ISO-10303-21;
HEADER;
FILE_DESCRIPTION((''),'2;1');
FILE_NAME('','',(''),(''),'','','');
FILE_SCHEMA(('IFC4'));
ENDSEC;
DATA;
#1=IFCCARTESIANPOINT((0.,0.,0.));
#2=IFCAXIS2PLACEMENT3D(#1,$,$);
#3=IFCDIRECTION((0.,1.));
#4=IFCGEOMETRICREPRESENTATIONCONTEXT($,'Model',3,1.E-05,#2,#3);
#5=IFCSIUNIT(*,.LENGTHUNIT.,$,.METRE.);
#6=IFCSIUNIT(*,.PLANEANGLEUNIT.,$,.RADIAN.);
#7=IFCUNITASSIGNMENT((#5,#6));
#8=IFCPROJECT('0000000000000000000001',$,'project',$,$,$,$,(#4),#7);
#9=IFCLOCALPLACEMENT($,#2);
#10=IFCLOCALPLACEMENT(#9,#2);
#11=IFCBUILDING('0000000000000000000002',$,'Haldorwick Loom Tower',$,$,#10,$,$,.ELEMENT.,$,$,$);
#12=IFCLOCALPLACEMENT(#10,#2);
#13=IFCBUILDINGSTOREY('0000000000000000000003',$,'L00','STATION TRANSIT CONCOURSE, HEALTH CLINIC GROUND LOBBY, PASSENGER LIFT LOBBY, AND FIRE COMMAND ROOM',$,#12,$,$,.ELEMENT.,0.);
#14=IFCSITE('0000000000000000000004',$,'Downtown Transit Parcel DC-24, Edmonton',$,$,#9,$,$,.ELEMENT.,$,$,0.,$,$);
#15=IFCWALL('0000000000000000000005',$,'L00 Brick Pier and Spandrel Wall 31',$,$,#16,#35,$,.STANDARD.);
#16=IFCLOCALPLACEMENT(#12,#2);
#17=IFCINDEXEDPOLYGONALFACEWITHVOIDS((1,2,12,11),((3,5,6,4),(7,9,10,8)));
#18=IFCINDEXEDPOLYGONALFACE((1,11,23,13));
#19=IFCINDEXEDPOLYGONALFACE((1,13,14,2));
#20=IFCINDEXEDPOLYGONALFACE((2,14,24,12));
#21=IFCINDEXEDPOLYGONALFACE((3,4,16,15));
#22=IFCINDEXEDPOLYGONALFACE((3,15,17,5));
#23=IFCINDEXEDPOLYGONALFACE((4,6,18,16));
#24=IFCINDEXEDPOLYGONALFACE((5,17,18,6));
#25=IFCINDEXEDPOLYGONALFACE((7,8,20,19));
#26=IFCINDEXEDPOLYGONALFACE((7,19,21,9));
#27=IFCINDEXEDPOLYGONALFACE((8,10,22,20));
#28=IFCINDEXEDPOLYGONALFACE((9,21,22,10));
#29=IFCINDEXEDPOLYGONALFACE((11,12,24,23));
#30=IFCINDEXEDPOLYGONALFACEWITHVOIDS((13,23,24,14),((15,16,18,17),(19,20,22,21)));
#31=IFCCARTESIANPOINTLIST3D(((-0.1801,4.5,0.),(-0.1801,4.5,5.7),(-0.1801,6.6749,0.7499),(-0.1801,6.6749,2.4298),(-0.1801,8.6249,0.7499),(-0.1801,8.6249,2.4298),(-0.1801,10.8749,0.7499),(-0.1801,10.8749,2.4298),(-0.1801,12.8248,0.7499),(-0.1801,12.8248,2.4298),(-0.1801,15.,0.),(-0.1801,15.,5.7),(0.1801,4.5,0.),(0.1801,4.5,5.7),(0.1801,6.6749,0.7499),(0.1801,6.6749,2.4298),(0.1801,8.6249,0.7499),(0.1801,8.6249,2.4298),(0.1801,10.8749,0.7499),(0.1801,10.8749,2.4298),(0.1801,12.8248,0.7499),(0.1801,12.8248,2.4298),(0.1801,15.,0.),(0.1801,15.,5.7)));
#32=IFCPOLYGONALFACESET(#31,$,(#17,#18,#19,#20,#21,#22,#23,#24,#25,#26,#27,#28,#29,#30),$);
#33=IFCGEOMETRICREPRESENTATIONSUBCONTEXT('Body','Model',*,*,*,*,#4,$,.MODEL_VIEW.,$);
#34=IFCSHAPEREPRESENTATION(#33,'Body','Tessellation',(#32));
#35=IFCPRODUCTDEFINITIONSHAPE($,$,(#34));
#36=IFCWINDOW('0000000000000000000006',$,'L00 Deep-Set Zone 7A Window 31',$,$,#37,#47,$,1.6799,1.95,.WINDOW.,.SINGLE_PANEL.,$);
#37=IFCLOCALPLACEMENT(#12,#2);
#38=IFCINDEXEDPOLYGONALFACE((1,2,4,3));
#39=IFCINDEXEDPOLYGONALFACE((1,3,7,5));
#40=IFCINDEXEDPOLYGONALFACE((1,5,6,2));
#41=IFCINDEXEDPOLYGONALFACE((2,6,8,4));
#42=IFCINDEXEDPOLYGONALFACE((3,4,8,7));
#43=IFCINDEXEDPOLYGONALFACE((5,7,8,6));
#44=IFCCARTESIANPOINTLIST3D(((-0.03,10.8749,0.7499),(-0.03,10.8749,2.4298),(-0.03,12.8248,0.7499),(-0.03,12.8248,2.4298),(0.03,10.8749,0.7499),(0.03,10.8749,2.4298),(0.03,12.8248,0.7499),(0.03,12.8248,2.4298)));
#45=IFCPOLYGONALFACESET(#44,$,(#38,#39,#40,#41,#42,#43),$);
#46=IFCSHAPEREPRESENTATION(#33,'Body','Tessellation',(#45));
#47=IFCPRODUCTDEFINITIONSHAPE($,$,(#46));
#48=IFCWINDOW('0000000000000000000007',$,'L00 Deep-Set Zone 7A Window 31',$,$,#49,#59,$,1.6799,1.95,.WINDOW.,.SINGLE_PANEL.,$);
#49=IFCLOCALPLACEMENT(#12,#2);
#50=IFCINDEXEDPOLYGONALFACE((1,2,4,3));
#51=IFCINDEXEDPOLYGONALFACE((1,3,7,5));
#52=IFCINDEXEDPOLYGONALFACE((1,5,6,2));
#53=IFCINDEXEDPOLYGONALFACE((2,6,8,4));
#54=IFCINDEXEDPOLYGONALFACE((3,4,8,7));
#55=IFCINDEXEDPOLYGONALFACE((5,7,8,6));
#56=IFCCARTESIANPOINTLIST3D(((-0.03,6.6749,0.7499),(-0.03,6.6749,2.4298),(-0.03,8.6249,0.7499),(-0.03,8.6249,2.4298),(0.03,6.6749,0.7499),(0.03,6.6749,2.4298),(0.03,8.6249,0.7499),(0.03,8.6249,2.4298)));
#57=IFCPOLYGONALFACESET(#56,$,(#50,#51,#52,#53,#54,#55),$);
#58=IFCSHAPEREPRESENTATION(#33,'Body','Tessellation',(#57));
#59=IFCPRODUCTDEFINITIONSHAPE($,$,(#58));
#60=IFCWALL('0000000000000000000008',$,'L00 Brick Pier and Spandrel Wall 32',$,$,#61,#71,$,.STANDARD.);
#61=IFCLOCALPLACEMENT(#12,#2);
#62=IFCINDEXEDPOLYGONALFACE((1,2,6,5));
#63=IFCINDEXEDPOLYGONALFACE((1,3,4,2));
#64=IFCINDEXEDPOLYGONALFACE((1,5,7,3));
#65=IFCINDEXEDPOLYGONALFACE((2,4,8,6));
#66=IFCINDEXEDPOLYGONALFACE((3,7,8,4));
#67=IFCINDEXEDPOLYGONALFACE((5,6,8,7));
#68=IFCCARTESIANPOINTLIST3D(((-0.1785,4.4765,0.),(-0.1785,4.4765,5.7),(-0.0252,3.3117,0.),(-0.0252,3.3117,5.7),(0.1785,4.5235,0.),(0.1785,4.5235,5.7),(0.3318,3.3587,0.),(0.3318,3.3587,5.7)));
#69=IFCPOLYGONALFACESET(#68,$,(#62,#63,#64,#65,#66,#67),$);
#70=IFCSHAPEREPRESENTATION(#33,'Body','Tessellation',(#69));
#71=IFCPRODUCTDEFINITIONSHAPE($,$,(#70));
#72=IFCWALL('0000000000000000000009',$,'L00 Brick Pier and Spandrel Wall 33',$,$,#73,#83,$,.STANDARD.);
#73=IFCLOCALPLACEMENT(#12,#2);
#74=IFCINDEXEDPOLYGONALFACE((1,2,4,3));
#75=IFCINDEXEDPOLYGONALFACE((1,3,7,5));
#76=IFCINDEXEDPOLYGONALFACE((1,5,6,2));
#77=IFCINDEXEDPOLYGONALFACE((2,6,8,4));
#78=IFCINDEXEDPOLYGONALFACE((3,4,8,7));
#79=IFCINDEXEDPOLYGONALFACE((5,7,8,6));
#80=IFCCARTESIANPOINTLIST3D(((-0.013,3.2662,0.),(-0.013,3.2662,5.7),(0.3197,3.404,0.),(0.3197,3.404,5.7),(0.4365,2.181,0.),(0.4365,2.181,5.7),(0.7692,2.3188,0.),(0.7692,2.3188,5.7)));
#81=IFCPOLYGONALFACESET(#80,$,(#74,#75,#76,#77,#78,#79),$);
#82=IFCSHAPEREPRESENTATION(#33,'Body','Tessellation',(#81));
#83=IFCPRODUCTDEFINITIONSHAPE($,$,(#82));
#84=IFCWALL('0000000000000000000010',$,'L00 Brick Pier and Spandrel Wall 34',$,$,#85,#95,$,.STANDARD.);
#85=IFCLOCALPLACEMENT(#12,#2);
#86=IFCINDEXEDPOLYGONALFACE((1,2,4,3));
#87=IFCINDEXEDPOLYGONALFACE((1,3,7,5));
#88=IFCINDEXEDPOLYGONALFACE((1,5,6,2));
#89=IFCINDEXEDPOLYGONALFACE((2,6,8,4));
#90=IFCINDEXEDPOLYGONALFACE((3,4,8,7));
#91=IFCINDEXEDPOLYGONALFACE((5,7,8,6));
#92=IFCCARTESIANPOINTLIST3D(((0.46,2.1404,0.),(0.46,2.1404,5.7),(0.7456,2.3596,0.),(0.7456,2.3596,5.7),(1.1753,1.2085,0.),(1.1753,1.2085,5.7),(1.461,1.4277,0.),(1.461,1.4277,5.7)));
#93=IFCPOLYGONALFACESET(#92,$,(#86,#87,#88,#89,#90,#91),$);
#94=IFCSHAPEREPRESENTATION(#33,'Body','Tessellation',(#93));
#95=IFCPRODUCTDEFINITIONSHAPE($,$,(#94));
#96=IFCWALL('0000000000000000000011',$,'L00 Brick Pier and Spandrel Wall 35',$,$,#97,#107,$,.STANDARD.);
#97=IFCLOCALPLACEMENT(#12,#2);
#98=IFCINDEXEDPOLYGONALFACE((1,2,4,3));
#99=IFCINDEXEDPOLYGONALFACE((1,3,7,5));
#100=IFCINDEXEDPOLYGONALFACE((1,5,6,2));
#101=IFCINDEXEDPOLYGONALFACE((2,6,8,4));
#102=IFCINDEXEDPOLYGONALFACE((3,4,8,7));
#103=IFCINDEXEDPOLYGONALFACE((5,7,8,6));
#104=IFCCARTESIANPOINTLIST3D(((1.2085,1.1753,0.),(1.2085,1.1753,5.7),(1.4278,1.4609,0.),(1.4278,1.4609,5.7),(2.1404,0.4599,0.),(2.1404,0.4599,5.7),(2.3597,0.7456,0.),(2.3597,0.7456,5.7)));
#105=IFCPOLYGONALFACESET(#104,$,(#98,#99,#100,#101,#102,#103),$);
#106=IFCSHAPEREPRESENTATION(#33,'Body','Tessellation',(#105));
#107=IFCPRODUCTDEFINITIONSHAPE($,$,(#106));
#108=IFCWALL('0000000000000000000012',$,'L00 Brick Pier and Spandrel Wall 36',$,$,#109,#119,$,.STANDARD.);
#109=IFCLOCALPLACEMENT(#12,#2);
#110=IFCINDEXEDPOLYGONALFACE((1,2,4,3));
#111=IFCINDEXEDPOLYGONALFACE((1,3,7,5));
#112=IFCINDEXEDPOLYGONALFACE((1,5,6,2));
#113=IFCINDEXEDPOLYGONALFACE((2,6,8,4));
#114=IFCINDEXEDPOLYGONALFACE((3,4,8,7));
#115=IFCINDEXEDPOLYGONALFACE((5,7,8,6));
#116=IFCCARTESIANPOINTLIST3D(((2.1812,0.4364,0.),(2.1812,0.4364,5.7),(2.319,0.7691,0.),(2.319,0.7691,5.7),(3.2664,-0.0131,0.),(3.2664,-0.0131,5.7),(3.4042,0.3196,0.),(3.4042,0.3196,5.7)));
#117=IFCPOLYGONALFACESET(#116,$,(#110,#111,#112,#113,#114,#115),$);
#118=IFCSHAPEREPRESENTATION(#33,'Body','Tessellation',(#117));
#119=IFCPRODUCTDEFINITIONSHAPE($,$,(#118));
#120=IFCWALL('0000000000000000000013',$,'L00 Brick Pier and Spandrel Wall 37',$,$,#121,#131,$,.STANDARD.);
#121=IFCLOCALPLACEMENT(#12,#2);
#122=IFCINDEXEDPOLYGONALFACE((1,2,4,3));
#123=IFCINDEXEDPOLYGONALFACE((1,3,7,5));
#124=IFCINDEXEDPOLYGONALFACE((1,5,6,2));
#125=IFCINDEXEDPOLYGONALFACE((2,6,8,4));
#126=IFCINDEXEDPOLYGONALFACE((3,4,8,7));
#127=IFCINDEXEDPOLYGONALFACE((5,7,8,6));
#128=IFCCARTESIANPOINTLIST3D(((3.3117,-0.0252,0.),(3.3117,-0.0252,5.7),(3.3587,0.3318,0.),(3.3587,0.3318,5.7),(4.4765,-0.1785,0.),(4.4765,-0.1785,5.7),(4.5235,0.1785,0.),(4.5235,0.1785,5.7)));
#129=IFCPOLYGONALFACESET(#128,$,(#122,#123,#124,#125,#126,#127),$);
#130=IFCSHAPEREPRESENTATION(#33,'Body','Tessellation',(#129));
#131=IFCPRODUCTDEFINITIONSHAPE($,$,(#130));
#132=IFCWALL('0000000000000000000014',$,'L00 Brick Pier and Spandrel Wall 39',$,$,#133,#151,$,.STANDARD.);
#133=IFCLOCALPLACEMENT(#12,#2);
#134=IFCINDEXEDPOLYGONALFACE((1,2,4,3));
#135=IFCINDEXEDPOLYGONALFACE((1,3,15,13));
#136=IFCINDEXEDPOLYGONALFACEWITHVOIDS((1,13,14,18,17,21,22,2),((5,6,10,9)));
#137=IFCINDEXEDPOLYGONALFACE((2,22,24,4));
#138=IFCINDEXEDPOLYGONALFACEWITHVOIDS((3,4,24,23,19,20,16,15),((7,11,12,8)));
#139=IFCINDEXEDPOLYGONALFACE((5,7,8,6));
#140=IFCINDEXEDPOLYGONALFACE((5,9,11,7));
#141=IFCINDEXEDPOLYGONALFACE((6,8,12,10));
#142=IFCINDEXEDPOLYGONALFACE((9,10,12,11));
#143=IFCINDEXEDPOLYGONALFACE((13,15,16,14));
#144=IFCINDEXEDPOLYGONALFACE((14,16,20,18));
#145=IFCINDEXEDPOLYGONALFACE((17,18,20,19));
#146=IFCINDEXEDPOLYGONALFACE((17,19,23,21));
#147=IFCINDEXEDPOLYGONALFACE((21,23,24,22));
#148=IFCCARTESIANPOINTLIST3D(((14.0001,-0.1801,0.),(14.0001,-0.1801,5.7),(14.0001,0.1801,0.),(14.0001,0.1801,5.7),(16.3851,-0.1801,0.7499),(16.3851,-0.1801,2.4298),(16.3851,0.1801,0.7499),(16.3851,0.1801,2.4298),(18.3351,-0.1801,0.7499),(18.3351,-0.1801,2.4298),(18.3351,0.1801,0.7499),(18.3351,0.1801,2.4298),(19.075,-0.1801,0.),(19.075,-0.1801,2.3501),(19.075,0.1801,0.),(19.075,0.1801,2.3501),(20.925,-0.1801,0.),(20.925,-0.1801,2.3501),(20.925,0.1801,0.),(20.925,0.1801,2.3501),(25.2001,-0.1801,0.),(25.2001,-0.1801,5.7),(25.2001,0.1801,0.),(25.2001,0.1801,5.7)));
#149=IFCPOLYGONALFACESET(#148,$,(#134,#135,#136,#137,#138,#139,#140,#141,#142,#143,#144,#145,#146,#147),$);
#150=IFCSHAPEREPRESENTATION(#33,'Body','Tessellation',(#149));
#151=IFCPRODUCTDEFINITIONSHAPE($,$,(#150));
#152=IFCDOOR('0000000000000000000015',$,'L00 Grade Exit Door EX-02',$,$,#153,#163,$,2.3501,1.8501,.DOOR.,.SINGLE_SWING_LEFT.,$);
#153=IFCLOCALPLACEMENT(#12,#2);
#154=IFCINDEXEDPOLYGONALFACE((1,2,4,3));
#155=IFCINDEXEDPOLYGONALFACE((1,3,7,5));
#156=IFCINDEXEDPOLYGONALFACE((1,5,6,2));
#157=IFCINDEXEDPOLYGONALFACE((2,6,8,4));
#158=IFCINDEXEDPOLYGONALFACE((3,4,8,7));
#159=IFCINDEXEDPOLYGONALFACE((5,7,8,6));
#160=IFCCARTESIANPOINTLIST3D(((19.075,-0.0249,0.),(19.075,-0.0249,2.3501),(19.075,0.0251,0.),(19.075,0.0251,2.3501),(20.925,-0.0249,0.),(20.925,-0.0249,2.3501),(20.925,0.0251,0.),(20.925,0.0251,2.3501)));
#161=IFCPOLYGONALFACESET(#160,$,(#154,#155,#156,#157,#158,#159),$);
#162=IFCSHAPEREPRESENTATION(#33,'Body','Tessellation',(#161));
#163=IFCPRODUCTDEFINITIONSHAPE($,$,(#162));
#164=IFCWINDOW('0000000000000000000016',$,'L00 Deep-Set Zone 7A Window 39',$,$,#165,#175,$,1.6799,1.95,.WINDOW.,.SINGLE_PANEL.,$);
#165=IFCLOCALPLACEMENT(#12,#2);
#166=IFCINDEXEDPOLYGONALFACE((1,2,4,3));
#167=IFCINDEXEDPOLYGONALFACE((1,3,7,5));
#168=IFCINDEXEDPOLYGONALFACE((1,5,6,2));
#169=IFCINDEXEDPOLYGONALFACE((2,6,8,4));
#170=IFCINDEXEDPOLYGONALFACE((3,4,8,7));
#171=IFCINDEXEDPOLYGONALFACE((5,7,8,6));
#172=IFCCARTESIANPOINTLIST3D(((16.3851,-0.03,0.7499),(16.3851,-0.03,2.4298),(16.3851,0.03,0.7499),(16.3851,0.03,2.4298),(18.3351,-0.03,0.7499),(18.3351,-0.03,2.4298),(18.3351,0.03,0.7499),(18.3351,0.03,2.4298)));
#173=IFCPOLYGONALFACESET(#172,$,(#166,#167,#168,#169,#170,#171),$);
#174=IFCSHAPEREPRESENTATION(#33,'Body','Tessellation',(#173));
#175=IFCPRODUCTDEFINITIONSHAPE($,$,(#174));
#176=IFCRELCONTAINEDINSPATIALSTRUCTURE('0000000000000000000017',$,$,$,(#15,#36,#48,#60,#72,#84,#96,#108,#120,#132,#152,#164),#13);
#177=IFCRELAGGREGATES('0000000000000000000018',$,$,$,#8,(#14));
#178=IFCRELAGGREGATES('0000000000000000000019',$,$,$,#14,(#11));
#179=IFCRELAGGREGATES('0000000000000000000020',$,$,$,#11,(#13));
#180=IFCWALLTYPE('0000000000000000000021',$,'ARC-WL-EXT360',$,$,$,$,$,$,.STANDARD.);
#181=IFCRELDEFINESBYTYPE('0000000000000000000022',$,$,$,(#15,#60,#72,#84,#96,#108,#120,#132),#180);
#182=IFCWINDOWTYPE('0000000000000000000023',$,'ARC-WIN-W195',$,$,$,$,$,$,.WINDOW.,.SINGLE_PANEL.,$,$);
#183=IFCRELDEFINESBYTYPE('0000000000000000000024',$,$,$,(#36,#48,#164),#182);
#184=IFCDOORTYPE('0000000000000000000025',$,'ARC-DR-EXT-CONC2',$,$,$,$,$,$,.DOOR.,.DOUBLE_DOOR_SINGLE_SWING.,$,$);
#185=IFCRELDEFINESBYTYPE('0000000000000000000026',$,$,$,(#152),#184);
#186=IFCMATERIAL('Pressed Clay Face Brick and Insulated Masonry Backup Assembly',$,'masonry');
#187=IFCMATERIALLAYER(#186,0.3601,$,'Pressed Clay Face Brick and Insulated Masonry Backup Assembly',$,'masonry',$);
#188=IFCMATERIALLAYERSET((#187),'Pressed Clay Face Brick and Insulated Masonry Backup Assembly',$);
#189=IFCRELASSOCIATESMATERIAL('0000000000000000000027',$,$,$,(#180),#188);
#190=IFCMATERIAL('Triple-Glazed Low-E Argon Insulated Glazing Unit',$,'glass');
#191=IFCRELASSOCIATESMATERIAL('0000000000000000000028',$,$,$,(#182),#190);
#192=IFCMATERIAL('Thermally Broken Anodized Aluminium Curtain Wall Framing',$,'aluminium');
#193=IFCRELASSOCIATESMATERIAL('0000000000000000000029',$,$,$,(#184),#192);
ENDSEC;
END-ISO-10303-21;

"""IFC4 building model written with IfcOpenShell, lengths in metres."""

from ifc_helpers import new_model, si_unit, direction, frame, frame_2d, origin, place, context, subcontext, project, spatial, rectangle, extrude, material, layer, layer_set, type_object, element, fill, save


model = new_model("IFC4")

# Units and contexts
model_context = context("Model", 3, precision=1e-05, world=origin(), true_north=direction((0.0, 1.0)))
body_context = subcontext(model_context, "Body", "Model", "MODEL_VIEW")
ifc_project = project(units=[si_unit("LENGTHUNIT", "METRE"), si_unit("PLANEANGLEUNIT", "RADIAN")], contexts=[model_context])

# Site, building, storey
site_placement = place(None, origin())
site = spatial("IfcSite", under=ifc_project, at=site_placement, Name="Downtown Transit Parcel DC-24, Edmonton", CompositionType="ELEMENT", RefElevation=0.0)
building_placement = place(site_placement, origin())
building = spatial("IfcBuilding", under=site, at=building_placement, Name="Haldorwick Loom Tower", CompositionType="ELEMENT")
storey_placement = place(building_placement, origin())
storey = spatial("IfcBuildingStorey", under=building, at=storey_placement, Name="L00", Description="STATION TRANSIT CONCOURSE, HEALTH CLINIC GROUND LOBBY, PASSENGER LIFT LOBBY, AND FIRE COMMAND ROOM", CompositionType="ELEMENT", Elevation=0.0)

# Wall, openings, windows
ifc_material_1 = material(Name="Pressed Clay Face Brick and Insulated Masonry Backup Assembly", Category="masonry")
ifc_layer_1 = layer(ifc_material_1, 0.3601, Name="Pressed Clay Face Brick and Insulated Masonry Backup Assembly", Category="masonry")
ifc_layer_set_1 = layer_set([ifc_layer_1], Name="Pressed Clay Face Brick and Insulated Masonry Backup Assembly")
wall_type_1 = type_object("IfcWallType", Name="ARC-WL-EXT360", PredefinedType="STANDARD", material=ifc_layer_set_1)
wall_1_placement = place(storey_placement, frame((0.0, 15.0, 0.0), z_axis=(0.0, 0.0, 1.0), x_axis=(0.0, -1.0, 0.0)))
wall_1 = element("IfcWall", 1, at=wall_1_placement, inside=storey, type_object=wall_type_1, Name="L00 Brick Pier and Spandrel Wall 31", PredefinedType="STANDARD", context=body_context, shape_type="SweptSolid", body=[
    extrude(rectangle(XDim=10.5, YDim=0.3601, at=frame_2d((5.25, 0.0))), origin(), (0.0, 0.0, 1.0), 5.7),
])
opening_1_placement = place(wall_1_placement, frame((2.175, 0.0, 0.75)))
opening_1 = element("IfcOpeningElement", 2, at=opening_1_placement, cuts=wall_1, PredefinedType="OPENING", context=body_context, shape_type="SweptSolid", body=[
    extrude(rectangle(XDim=1.95, YDim=1.6799, at=frame_2d((0.9751, 0.8398))), frame((0.0, 0.1899, 0.0), z_axis=(0.0, -1.0, 0.0), x_axis=(1.0, 0.0, 0.0)), (0.0, 0.0, 1.0), 0.3801),
])
opening_2_placement = place(wall_1_placement, frame((6.375, 0.0, 0.75)))
opening_2 = element("IfcOpeningElement", 3, at=opening_2_placement, cuts=wall_1, PredefinedType="OPENING", context=body_context, shape_type="SweptSolid", body=[
    extrude(rectangle(XDim=1.95, YDim=1.6799, at=frame_2d((0.9751, 0.8398))), frame((0.0, 0.1899, 0.0), z_axis=(0.0, -1.0, 0.0), x_axis=(1.0, 0.0, 0.0)), (0.0, 0.0, 1.0), 0.3801),
])
ifc_material_2 = material(Name="Triple-Glazed Low-E Argon Insulated Glazing Unit", Category="glass")
window_type = type_object("IfcWindowType", Name="ARC-WIN-W195", PartitioningType="SINGLE_PANEL", PredefinedType="WINDOW", material=ifc_material_2)
window_1_placement = place(opening_1_placement, origin())
window_1 = element("IfcWindow", 4, at=window_1_placement, inside=storey, type_object=window_type, Name="L00 Deep-Set Zone 7A Window 31", OverallHeight=1.6799, OverallWidth=1.95, PartitioningType="SINGLE_PANEL", PredefinedType="WINDOW", context=body_context, shape_type="SweptSolid", body=[
    extrude(rectangle(XDim=1.95, YDim=1.6799, at=frame_2d((0.9751, 0.8398))), frame((0.0, 0.03, 0.0), z_axis=(0.0, -1.0, 0.0), x_axis=(1.0, 0.0, 0.0)), (0.0, 0.0, 1.0), 0.0601),
])
fill(opening_1, window_1)
window_2_placement = place(opening_2_placement, origin())
window_2 = element("IfcWindow", 5, at=window_2_placement, inside=storey, type_object=window_type, Name="L00 Deep-Set Zone 7A Window 31", OverallHeight=1.6799, OverallWidth=1.95, PartitioningType="SINGLE_PANEL", PredefinedType="WINDOW", context=body_context, shape_type="SweptSolid", body=[
    extrude(rectangle(XDim=1.95, YDim=1.6799, at=frame_2d((0.9751, 0.8398))), frame((0.0, 0.03, 0.0), z_axis=(0.0, -1.0, 0.0), x_axis=(1.0, 0.0, 0.0)), (0.0, 0.0, 1.0), 0.0601),
])
fill(opening_2, window_2)

# Walls
wall_2_placement = place(storey_placement, frame((0.0, 4.5, 0.0), z_axis=(0.0, 0.0, 1.0), x_axis=(0.130503, -0.991448, 0.0)))
element("IfcWall", 6, at=wall_2_placement, inside=storey, type_object=wall_type_1, Name="L00 Brick Pier and Spandrel Wall 32", PredefinedType="STANDARD", context=body_context, shape_type="SweptSolid", body=[
    extrude(rectangle(XDim=1.1748, YDim=0.3601, at=frame_2d((0.5874, 0.0))), origin(), (0.0, 0.0, 1.0), 5.7),
])
wall_3_placement = place(storey_placement, frame((0.1533, 3.3352, 0.0), z_axis=(0.0, 0.0, 1.0), x_axis=(0.382652, -0.923893, 0.0)))
element("IfcWall", 7, at=wall_3_placement, inside=storey, type_object=wall_type_1, Name="L00 Brick Pier and Spandrel Wall 33", PredefinedType="STANDARD", context=body_context, shape_type="SweptSolid", body=[
    extrude(rectangle(XDim=1.1746, YDim=0.3601, at=frame_2d((0.5874, 0.0))), origin(), (0.0, 0.0, 1.0), 5.7),
])
for number, where, z_axis, x_axis, name in (
    (8, (0.6028, 2.25, 0.0), (0.0, 0.0, 1.0), (0.608907, -0.793242, 0.0), "L00 Brick Pier and Spandrel Wall 34"),
    (9, (1.3181, 1.3181, 0.0), (0.0, 0.0, 1.0), (0.793242, -0.608907, 0.0), "L00 Brick Pier and Spandrel Wall 35"),
):
    element("IfcWall", number, at=place(storey_placement, frame(where, z_axis=z_axis, x_axis=x_axis)), inside=storey, type_object=wall_type_1, Name=name, PredefinedType="STANDARD", context=body_context, shape_type="SweptSolid", body=[
        extrude(rectangle(XDim=1.1748, YDim=0.3601, at=frame_2d((0.5874, 0.0))), origin(), (0.0, 0.0, 1.0), 5.7),
    ])
wall_4_placement = place(storey_placement, frame((2.25, 0.6028, 0.0), z_axis=(0.0, 0.0, 1.0), x_axis=(0.923893, -0.382652, 0.0)))
element("IfcWall", 10, at=wall_4_placement, inside=storey, type_object=wall_type_1, Name="L00 Brick Pier and Spandrel Wall 36", PredefinedType="STANDARD", context=body_context, shape_type="SweptSolid", body=[
    extrude(rectangle(XDim=1.1746, YDim=0.3601, at=frame_2d((0.5874, 0.0))), origin(), (0.0, 0.0, 1.0), 5.7),
])
wall_5_placement = place(storey_placement, frame((3.3352, 0.1533, 0.0), z_axis=(0.0, 0.0, 1.0), x_axis=(0.991448, -0.130503, 0.0)))
element("IfcWall", 11, at=wall_5_placement, inside=storey, type_object=wall_type_1, Name="L00 Brick Pier and Spandrel Wall 37", PredefinedType="STANDARD", context=body_context, shape_type="SweptSolid", body=[
    extrude(rectangle(XDim=1.1748, YDim=0.3601, at=frame_2d((0.5874, 0.0))), origin(), (0.0, 0.0, 1.0), 5.7),
])

# Wall, openings, door, window
ifc_material_3 = material(Name="Thermally Broken Anodized Aluminium Curtain Wall Framing", Category="aluminium")
wall_6_placement = place(storey_placement, frame((14.0, 0.0, 0.0), z_axis=(0.0, 0.0, 1.0), x_axis=(1.0, 0.0, 0.0)))
wall_6 = element("IfcWall", 12, at=wall_6_placement, inside=storey, type_object=wall_type_1, Name="L00 Brick Pier and Spandrel Wall 39", PredefinedType="STANDARD", context=body_context, shape_type="SweptSolid", body=[
    extrude(rectangle(XDim=11.2, YDim=0.3601, at=frame_2d((5.6001, 0.0))), origin(), (0.0, 0.0, 1.0), 5.7),
])
opening_3_placement = place(wall_6_placement, frame((5.075, 0.0, 0.0)))
opening_3 = element("IfcOpeningElement", 13, at=opening_3_placement, cuts=wall_6, PredefinedType="OPENING", context=body_context, shape_type="SweptSolid", body=[
    extrude(rectangle(XDim=1.8501, YDim=2.3501, at=frame_2d((0.925, 1.175))), frame((0.0, 0.1899, 0.0), z_axis=(0.0, -1.0, 0.0), x_axis=(1.0, 0.0, 0.0)), (0.0, 0.0, 1.0), 0.3801),
])
opening_4_placement = place(wall_6_placement, frame((2.385, 0.0, 0.75)))
opening_4 = element("IfcOpeningElement", 14, at=opening_4_placement, cuts=wall_6, PredefinedType="OPENING", context=body_context, shape_type="SweptSolid", body=[
    extrude(rectangle(XDim=1.95, YDim=1.6799, at=frame_2d((0.9751, 0.8398))), frame((0.0, 0.1899, 0.0), z_axis=(0.0, -1.0, 0.0), x_axis=(1.0, 0.0, 0.0)), (0.0, 0.0, 1.0), 0.3801),
])
door_type_1 = type_object("IfcDoorType", Name="ARC-DR-EXT-CONC2", OperationType="DOUBLE_DOOR_SINGLE_SWING", PredefinedType="DOOR", material=ifc_material_3)
door_1_placement = place(opening_3_placement, frame((1.8501, 0.0, 0.0), z_axis=(0.0, 0.0, 1.0), x_axis=(-1.0, 0.0, 0.0)))
door_1 = element("IfcDoor", 15, at=door_1_placement, inside=storey, type_object=door_type_1, Name="L00 Grade Exit Door EX-02", OperationType="SINGLE_SWING_LEFT", OverallHeight=2.3501, OverallWidth=1.8501, PredefinedType="DOOR", context=body_context, shape_type="SweptSolid", body=[
    extrude(rectangle(XDim=1.8501, YDim=2.3501, at=frame_2d((0.925, 1.175))), frame((0.0, 0.0249, 0.0), z_axis=(0.0, -1.0, 0.0), x_axis=(1.0, 0.0, 0.0)), (0.0, 0.0, 1.0), 0.05),
])
fill(opening_3, door_1)
window_3_placement = place(opening_4_placement, origin())
window_3 = element("IfcWindow", 16, at=window_3_placement, inside=storey, type_object=window_type, Name="L00 Deep-Set Zone 7A Window 39", OverallHeight=1.6799, OverallWidth=1.95, PartitioningType="SINGLE_PANEL", PredefinedType="WINDOW", context=body_context, shape_type="SweptSolid", body=[
    extrude(rectangle(XDim=1.95, YDim=1.6799, at=frame_2d((0.9751, 0.8398))), frame((0.0, 0.03, 0.0), z_axis=(0.0, -1.0, 0.0), x_axis=(1.0, 0.0, 0.0)), (0.0, 0.0, 1.0), 0.0601),
])
fill(opening_4, window_3)

save(model, "model.ifc")
